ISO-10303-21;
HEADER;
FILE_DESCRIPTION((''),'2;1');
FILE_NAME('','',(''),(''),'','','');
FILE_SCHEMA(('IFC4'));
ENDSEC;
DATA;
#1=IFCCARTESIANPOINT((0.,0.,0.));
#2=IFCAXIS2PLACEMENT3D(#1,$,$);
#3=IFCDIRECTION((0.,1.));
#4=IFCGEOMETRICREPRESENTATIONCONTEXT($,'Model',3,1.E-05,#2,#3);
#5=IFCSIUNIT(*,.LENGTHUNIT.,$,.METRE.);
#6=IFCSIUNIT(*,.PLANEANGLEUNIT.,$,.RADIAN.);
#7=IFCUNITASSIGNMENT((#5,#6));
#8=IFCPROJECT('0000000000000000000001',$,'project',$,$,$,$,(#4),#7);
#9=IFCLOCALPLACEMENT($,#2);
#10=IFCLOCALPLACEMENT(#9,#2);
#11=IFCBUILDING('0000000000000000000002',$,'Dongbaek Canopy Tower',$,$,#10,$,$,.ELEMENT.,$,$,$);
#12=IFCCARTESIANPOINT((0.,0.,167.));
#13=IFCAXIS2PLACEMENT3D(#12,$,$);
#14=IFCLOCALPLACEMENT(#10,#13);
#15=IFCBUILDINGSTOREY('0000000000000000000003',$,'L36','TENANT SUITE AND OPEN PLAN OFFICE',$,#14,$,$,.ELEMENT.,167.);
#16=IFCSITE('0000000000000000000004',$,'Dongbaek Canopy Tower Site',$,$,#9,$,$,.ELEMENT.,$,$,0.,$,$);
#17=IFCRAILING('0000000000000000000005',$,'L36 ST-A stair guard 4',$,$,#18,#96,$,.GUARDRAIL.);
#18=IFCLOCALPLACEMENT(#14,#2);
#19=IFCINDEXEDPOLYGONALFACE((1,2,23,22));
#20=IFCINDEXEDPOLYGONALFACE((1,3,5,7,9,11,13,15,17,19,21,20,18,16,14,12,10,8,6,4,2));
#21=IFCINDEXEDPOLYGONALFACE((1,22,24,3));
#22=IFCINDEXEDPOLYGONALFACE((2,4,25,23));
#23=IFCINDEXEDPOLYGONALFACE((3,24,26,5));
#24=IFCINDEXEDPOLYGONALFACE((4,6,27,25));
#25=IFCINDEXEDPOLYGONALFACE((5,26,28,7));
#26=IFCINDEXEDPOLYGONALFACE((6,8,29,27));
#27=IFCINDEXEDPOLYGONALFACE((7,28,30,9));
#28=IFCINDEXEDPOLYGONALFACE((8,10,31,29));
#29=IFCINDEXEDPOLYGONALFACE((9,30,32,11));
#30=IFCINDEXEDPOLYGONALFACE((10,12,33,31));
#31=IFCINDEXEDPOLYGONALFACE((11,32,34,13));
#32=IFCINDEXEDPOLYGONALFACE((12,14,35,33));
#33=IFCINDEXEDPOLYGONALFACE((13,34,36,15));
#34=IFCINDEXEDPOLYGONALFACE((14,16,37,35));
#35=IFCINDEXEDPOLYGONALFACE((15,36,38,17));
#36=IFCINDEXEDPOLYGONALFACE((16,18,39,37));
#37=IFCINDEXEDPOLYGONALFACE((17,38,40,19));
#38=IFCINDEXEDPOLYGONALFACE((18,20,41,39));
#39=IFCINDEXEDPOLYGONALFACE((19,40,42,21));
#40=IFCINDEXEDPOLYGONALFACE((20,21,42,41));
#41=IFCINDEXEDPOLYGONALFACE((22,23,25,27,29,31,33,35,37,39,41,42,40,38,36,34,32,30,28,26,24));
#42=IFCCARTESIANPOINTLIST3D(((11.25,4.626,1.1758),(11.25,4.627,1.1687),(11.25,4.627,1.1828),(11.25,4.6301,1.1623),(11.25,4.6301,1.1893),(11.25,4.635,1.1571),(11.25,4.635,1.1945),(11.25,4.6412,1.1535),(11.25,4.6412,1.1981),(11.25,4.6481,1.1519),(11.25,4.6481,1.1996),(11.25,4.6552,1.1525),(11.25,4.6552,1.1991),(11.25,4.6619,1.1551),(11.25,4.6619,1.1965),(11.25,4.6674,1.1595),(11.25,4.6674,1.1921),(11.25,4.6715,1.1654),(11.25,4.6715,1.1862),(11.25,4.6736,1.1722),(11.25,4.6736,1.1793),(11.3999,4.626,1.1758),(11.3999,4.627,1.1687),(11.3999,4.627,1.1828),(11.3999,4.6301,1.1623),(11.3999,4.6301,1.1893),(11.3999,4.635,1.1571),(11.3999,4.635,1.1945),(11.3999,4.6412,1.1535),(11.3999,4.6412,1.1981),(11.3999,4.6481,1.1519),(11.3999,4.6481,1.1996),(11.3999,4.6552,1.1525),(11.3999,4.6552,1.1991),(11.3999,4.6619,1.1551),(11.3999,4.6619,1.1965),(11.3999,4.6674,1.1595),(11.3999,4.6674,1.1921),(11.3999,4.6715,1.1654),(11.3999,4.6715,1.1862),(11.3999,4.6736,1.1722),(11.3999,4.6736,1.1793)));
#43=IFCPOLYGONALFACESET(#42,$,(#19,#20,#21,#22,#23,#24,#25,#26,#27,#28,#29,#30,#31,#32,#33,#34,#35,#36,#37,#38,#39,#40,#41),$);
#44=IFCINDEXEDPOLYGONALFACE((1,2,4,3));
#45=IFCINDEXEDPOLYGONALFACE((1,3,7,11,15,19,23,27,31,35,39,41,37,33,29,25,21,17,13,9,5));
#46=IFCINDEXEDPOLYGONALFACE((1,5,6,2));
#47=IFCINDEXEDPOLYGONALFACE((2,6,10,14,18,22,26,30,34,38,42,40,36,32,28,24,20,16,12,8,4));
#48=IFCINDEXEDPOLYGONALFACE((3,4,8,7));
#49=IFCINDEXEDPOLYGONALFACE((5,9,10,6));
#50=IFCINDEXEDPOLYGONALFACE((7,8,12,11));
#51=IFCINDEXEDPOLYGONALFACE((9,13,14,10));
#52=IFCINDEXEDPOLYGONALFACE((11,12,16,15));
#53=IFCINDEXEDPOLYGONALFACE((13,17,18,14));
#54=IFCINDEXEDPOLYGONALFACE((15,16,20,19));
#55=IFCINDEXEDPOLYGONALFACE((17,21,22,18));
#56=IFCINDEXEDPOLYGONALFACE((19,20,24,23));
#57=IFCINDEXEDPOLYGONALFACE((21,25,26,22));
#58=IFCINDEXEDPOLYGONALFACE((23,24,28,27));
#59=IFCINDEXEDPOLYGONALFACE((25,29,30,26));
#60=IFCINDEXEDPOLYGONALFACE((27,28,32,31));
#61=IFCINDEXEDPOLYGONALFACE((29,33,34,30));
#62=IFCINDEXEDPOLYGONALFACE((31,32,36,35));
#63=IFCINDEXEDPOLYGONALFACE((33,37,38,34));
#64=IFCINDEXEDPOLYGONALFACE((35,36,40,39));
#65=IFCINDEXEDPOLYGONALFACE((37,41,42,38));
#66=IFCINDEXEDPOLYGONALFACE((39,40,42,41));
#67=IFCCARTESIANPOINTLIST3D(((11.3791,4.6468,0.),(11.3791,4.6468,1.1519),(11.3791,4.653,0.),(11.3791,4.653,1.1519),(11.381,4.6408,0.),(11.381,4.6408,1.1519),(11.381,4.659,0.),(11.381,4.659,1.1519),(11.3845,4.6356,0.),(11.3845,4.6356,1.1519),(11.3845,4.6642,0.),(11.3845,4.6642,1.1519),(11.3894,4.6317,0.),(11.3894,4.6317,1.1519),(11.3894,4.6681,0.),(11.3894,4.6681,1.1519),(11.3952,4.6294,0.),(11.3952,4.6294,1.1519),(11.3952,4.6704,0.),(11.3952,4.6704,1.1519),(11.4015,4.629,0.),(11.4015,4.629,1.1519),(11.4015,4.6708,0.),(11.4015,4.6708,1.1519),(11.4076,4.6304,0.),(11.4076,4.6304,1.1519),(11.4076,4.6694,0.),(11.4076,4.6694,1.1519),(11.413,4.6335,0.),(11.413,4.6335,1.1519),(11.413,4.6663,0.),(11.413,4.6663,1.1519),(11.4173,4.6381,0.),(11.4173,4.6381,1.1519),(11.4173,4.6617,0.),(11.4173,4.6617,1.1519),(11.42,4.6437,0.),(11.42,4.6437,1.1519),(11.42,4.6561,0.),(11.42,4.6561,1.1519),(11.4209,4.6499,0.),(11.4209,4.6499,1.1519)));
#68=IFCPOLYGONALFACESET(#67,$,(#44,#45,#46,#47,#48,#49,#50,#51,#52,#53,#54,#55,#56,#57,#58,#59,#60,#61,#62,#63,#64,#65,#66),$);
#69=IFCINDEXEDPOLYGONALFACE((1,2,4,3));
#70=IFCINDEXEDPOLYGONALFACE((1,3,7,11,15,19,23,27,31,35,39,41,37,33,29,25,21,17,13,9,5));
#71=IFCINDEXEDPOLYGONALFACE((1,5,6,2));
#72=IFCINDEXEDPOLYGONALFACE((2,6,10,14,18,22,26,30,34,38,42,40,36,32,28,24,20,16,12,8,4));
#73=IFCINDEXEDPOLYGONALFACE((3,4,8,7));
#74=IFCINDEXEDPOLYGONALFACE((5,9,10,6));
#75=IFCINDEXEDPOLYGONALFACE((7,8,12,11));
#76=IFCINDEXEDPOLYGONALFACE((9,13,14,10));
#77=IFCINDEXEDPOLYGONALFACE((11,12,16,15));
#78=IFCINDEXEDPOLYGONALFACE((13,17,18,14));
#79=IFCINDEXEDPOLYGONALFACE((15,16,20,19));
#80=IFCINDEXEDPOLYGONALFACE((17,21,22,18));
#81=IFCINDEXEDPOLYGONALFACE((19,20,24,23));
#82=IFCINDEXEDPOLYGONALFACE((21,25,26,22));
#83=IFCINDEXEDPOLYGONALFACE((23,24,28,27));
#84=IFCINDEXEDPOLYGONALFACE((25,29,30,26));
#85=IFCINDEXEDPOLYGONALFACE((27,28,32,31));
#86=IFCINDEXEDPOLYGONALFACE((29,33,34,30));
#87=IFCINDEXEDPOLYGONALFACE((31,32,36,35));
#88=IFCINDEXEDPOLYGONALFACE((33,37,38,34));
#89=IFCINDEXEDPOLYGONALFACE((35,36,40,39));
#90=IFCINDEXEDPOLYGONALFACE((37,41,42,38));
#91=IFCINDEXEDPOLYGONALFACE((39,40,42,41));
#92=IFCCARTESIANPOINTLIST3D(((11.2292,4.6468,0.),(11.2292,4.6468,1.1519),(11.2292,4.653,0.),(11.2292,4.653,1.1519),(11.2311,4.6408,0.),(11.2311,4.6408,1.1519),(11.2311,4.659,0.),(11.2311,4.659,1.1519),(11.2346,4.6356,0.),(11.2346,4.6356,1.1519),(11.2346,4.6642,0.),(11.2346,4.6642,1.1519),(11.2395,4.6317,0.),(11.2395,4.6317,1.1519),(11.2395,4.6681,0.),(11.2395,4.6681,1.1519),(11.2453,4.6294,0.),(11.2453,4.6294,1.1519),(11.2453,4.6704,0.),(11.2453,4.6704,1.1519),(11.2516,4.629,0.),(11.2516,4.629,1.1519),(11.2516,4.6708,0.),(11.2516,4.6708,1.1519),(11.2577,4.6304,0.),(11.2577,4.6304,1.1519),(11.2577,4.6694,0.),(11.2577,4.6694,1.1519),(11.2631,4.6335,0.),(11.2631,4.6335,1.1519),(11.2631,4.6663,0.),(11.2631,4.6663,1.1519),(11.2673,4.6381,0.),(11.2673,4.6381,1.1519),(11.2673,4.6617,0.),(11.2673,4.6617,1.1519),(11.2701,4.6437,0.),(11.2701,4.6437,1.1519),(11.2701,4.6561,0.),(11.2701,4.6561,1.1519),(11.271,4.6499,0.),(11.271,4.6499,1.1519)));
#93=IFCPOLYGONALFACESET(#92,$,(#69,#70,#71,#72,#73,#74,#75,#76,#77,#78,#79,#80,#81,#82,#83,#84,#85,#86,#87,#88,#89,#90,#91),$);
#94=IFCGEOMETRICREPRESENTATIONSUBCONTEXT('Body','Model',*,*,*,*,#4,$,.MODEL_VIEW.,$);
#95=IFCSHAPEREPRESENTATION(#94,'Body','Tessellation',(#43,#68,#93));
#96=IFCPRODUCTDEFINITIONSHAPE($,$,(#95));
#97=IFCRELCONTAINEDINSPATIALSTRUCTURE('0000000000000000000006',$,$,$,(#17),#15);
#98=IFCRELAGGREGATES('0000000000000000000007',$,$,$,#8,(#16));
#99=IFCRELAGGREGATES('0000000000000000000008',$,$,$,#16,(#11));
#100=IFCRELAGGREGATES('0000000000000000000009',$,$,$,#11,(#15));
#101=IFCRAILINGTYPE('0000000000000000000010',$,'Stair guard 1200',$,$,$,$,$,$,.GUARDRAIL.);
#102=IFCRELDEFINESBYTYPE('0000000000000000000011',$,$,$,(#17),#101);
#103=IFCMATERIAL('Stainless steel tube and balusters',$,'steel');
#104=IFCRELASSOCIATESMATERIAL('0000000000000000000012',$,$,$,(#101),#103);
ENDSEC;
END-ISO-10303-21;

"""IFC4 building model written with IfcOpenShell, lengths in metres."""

from ifc_helpers import new_model, si_unit, direction, frame, origin, origin_2d, place, context, subcontext, project, spatial, circle, extrude, material, type_object, element, save


model = new_model("IFC4")

# Units and contexts
model_context = context("Model", 3, precision=1e-05, world=origin(), true_north=direction((0.0, 1.0)))
body_context = subcontext(model_context, "Body", "Model", "MODEL_VIEW")
ifc_project = project(units=[si_unit("LENGTHUNIT", "METRE"), si_unit("PLANEANGLEUNIT", "RADIAN")], contexts=[model_context])

# Site, building, storey
site_placement = place(None, origin())
site = spatial("IfcSite", under=ifc_project, at=site_placement, Name="Dongbaek Canopy Tower Site", CompositionType="ELEMENT", RefElevation=0.0)
building_placement = place(site_placement, origin())
building = spatial("IfcBuilding", under=site, at=building_placement, Name="Dongbaek Canopy Tower", CompositionType="ELEMENT")
storey_placement = place(building_placement, frame((0.0, 0.0, 167.0)))
storey = spatial("IfcBuildingStorey", under=building, at=storey_placement, Name="L36", Description="TENANT SUITE AND OPEN PLAN OFFICE", CompositionType="ELEMENT", Elevation=167.0)

# Railing
ifc_material_1 = material(Name="Stainless steel tube and balusters", Category="steel")
railing_type_1 = type_object("IfcRailingType", Name="Stair guard 1200", PredefinedType="GUARDRAIL", material=ifc_material_1)
railing_1_placement = place(storey_placement, frame((11.3999, 4.6499, 0.0)))
element("IfcRailing", 1, at=railing_1_placement, inside=storey, type_object=railing_type_1, Name="L36 ST-A stair guard 4", PredefinedType="GUARDRAIL", context=body_context, shape_type="SweptSolid", body=[
    extrude(circle(Radius=0.0239, at=origin_2d()), frame((0.0, 0.0, 1.1758), z_axis=(-1.0, 0.0, 0.0), x_axis=(0.0, -1.0, 0.0)), (0.0, 0.0, 1.0), 0.1499),
    extrude(circle(Radius=0.021, at=origin_2d()), origin(), (0.0, 0.0, 1.0), 1.1519),
    extrude(circle(Radius=0.021, at=origin_2d()), frame((-0.1499, 0.0, 0.0)), (0.0, 0.0, 1.0), 1.1519),
])

save(model, "model.ifc")
